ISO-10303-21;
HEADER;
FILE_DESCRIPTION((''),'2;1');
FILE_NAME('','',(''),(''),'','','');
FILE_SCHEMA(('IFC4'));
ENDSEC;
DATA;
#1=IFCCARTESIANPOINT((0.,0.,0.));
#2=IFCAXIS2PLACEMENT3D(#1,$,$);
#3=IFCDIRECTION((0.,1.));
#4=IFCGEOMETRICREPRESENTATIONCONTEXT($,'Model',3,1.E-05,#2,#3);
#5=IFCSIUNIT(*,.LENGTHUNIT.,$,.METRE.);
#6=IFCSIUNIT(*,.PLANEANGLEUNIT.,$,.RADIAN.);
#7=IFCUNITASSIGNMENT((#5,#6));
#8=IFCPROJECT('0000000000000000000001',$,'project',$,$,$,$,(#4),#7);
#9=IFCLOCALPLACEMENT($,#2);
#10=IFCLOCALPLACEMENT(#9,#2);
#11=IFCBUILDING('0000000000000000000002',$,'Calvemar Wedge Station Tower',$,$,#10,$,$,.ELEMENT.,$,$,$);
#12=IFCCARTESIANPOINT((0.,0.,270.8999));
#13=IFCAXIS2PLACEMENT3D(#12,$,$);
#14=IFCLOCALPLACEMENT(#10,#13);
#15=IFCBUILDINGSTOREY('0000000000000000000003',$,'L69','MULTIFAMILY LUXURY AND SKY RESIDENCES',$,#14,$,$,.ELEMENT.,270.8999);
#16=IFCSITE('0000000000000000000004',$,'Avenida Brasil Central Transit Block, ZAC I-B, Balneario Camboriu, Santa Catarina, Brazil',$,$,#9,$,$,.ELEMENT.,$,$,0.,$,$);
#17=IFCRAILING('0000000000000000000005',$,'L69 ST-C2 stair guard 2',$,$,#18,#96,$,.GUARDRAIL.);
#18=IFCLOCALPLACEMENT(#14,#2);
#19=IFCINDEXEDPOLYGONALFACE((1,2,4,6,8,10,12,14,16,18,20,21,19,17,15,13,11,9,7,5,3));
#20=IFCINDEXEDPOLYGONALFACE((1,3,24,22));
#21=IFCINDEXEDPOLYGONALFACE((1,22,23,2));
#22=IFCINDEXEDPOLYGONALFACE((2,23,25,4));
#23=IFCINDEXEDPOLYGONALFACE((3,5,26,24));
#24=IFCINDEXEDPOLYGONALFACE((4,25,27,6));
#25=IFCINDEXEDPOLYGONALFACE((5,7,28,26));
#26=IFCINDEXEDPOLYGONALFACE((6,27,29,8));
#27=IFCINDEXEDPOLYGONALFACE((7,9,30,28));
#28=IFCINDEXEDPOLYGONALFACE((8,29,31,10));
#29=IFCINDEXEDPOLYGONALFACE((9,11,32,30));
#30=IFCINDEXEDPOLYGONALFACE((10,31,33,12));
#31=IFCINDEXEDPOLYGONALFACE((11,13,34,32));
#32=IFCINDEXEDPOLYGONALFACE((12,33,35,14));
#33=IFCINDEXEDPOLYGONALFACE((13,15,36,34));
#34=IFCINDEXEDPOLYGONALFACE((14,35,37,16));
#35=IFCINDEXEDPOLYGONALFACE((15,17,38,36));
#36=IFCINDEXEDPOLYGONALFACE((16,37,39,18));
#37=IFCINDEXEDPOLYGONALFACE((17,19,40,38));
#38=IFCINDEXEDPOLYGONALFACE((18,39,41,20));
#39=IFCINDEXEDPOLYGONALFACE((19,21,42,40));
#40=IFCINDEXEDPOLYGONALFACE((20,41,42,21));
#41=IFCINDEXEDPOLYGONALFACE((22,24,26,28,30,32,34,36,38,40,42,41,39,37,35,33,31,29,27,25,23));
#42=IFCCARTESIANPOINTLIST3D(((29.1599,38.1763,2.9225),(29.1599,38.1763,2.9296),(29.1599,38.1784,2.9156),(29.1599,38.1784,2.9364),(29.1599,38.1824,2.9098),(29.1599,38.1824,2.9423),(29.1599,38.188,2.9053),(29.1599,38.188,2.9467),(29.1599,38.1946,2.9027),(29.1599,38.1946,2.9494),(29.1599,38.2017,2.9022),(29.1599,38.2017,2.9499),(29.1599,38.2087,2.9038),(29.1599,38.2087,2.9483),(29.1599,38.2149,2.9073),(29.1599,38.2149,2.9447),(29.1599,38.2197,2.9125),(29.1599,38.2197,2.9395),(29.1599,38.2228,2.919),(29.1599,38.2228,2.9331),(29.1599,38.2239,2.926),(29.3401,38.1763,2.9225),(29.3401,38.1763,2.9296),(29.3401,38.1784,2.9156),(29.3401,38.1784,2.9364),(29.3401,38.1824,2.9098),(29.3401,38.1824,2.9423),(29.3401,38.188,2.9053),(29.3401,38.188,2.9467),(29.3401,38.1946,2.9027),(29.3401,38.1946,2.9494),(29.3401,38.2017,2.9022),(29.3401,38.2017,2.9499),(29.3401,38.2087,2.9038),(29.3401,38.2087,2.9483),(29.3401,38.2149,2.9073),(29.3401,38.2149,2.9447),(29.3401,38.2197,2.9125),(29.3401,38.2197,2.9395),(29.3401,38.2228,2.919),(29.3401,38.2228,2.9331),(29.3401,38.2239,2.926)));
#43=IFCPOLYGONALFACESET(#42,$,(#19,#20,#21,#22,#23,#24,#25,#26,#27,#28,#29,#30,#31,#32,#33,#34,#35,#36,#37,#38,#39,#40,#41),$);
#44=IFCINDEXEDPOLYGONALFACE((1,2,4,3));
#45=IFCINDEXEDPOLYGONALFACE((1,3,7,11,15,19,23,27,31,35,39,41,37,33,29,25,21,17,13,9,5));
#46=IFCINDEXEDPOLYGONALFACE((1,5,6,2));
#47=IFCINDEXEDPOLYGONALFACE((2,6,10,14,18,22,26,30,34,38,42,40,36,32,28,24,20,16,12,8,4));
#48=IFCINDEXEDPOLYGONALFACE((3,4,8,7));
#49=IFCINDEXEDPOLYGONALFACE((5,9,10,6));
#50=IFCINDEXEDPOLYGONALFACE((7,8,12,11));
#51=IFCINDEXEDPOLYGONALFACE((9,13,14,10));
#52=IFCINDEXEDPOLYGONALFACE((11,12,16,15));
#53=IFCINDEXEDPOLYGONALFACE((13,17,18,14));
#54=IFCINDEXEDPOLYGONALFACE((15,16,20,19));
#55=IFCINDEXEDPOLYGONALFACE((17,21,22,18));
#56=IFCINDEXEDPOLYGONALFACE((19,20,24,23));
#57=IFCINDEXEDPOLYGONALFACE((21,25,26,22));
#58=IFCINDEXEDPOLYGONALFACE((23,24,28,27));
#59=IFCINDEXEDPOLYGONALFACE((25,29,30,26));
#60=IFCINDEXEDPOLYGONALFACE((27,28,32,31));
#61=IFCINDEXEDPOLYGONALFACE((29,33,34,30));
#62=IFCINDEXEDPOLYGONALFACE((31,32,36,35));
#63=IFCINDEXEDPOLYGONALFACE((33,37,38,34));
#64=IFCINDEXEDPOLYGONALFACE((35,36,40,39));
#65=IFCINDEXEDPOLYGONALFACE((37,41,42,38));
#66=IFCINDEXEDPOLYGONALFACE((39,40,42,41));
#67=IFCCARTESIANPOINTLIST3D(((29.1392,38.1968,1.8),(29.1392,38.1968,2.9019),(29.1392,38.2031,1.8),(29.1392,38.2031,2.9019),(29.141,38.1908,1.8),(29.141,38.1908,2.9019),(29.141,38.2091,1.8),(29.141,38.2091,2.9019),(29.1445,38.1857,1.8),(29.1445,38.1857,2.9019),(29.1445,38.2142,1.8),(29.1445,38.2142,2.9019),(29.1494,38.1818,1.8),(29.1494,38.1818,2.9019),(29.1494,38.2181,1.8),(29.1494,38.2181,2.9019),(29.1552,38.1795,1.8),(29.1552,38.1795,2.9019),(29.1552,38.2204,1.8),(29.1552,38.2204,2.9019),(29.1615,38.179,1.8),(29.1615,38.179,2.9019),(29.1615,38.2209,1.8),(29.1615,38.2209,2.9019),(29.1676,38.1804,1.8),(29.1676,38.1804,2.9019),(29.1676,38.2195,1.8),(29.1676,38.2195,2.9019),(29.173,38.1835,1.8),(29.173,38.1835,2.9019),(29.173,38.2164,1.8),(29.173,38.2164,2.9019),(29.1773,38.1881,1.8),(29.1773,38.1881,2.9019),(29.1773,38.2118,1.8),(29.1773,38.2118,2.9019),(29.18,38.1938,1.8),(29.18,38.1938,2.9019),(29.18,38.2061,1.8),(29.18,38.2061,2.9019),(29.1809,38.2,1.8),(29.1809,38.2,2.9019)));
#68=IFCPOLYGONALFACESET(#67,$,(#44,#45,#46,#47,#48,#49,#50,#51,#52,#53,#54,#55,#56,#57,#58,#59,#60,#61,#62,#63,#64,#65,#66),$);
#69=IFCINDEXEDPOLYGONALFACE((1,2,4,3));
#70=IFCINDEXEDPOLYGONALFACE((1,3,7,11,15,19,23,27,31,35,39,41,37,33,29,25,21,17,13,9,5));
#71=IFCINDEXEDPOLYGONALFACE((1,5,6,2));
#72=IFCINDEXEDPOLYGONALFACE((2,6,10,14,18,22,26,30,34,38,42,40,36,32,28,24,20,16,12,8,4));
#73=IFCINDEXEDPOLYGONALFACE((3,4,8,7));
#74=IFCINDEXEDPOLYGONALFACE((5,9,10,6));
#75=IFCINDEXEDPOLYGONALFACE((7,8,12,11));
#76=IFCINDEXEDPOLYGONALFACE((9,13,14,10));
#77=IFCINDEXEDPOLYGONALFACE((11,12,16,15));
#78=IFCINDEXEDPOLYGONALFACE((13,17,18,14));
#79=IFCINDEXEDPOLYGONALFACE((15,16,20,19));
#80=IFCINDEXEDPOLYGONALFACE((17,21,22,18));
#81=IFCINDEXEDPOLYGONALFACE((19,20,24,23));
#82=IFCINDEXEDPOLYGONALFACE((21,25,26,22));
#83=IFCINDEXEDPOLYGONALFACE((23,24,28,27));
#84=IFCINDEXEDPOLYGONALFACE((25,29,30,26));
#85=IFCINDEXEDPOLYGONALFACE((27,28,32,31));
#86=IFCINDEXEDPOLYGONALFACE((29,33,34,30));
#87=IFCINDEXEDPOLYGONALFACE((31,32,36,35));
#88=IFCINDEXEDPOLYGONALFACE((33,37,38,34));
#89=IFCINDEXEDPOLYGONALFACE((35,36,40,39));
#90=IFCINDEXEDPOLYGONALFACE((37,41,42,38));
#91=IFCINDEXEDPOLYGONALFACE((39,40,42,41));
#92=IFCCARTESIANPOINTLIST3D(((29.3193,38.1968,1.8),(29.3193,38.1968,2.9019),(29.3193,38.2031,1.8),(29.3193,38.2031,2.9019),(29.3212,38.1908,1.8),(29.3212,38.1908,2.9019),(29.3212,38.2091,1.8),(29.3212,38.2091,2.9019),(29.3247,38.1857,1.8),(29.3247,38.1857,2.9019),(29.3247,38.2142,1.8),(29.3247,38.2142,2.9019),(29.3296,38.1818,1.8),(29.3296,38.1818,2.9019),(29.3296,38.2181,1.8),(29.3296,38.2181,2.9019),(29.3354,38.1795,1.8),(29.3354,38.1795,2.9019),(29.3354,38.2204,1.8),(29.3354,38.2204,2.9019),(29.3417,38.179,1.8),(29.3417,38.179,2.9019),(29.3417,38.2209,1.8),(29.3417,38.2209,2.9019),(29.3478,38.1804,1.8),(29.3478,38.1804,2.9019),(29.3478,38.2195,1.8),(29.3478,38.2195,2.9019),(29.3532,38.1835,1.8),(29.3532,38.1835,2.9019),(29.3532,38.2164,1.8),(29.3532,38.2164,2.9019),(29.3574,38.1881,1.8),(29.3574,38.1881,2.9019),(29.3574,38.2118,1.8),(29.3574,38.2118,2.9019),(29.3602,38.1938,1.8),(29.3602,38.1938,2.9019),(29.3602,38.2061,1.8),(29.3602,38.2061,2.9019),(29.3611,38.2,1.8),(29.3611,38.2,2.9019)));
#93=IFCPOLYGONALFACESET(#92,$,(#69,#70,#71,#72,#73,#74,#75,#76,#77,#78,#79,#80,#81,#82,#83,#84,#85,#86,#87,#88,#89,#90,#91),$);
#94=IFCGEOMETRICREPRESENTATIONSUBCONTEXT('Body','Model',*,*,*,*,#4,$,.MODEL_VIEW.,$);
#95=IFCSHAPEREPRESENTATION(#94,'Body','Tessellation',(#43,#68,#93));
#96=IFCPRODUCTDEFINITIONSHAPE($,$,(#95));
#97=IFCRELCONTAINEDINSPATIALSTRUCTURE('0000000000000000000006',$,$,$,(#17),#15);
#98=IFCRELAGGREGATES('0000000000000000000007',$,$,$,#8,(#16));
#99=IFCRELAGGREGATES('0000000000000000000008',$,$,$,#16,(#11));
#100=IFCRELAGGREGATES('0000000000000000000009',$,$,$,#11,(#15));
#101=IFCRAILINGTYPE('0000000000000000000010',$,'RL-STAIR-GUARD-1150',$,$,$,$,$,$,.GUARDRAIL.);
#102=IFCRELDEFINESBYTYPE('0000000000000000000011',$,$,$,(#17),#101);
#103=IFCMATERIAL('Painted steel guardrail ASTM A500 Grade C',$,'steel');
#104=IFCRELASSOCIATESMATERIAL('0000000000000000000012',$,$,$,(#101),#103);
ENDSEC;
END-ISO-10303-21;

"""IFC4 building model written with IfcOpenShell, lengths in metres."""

from ifc_helpers import new_model, si_unit, direction, frame, origin, origin_2d, place, context, subcontext, project, spatial, circle, extrude, material, type_object, element, save


model = new_model("IFC4")

# Units and contexts
model_context = context("Model", 3, precision=1e-05, world=origin(), true_north=direction((0.0, 1.0)))
body_context = subcontext(model_context, "Body", "Model", "MODEL_VIEW")
ifc_project = project(units=[si_unit("LENGTHUNIT", "METRE"), si_unit("PLANEANGLEUNIT", "RADIAN")], contexts=[model_context])

# Site, building, storey
site_placement = place(None, origin())
site = spatial("IfcSite", under=ifc_project, at=site_placement, Name="Avenida Brasil Central Transit Block, ZAC I-B, Balneario Camboriu, Santa Catarina, Brazil", CompositionType="ELEMENT", RefElevation=0.0)
building_placement = place(site_placement, origin())
building = spatial("IfcBuilding", under=site, at=building_placement, Name="Calvemar Wedge Station Tower", CompositionType="ELEMENT")
storey_placement = place(building_placement, frame((0.0, 0.0, 270.8999)))
storey = spatial("IfcBuildingStorey", under=building, at=storey_placement, Name="L69", Description="MULTIFAMILY LUXURY AND SKY RESIDENCES", CompositionType="ELEMENT", Elevation=270.8999)

# Railing
ifc_material_1 = material(Name="Painted steel guardrail ASTM A500 Grade C", Category="steel")
railing_type_1 = type_object("IfcRailingType", Name="RL-STAIR-GUARD-1150", PredefinedType="GUARDRAIL", material=ifc_material_1)
railing_1_placement = place(storey_placement, frame((29.1599, 38.2, 1.8)))
element("IfcRailing", 1, at=railing_1_placement, inside=storey, type_object=railing_type_1, Name="L69 ST-C2 stair guard 2", PredefinedType="GUARDRAIL", context=body_context, shape_type="SweptSolid", body=[
    extrude(circle(Radius=0.0239, at=origin_2d()), frame((0.0, 0.0, 1.126), z_axis=(1.0, 0.0, 0.0), x_axis=(0.0, 1.0, 0.0)), (0.0, 0.0, 1.0), 0.1802),
    extrude(circle(Radius=0.021, at=origin_2d()), origin(), (0.0, 0.0, 1.0), 1.1018),
    extrude(circle(Radius=0.021, at=origin_2d()), frame((0.1802, 0.0, 0.0)), (0.0, 0.0, 1.0), 1.1018),
])

save(model, "model.ifc")
